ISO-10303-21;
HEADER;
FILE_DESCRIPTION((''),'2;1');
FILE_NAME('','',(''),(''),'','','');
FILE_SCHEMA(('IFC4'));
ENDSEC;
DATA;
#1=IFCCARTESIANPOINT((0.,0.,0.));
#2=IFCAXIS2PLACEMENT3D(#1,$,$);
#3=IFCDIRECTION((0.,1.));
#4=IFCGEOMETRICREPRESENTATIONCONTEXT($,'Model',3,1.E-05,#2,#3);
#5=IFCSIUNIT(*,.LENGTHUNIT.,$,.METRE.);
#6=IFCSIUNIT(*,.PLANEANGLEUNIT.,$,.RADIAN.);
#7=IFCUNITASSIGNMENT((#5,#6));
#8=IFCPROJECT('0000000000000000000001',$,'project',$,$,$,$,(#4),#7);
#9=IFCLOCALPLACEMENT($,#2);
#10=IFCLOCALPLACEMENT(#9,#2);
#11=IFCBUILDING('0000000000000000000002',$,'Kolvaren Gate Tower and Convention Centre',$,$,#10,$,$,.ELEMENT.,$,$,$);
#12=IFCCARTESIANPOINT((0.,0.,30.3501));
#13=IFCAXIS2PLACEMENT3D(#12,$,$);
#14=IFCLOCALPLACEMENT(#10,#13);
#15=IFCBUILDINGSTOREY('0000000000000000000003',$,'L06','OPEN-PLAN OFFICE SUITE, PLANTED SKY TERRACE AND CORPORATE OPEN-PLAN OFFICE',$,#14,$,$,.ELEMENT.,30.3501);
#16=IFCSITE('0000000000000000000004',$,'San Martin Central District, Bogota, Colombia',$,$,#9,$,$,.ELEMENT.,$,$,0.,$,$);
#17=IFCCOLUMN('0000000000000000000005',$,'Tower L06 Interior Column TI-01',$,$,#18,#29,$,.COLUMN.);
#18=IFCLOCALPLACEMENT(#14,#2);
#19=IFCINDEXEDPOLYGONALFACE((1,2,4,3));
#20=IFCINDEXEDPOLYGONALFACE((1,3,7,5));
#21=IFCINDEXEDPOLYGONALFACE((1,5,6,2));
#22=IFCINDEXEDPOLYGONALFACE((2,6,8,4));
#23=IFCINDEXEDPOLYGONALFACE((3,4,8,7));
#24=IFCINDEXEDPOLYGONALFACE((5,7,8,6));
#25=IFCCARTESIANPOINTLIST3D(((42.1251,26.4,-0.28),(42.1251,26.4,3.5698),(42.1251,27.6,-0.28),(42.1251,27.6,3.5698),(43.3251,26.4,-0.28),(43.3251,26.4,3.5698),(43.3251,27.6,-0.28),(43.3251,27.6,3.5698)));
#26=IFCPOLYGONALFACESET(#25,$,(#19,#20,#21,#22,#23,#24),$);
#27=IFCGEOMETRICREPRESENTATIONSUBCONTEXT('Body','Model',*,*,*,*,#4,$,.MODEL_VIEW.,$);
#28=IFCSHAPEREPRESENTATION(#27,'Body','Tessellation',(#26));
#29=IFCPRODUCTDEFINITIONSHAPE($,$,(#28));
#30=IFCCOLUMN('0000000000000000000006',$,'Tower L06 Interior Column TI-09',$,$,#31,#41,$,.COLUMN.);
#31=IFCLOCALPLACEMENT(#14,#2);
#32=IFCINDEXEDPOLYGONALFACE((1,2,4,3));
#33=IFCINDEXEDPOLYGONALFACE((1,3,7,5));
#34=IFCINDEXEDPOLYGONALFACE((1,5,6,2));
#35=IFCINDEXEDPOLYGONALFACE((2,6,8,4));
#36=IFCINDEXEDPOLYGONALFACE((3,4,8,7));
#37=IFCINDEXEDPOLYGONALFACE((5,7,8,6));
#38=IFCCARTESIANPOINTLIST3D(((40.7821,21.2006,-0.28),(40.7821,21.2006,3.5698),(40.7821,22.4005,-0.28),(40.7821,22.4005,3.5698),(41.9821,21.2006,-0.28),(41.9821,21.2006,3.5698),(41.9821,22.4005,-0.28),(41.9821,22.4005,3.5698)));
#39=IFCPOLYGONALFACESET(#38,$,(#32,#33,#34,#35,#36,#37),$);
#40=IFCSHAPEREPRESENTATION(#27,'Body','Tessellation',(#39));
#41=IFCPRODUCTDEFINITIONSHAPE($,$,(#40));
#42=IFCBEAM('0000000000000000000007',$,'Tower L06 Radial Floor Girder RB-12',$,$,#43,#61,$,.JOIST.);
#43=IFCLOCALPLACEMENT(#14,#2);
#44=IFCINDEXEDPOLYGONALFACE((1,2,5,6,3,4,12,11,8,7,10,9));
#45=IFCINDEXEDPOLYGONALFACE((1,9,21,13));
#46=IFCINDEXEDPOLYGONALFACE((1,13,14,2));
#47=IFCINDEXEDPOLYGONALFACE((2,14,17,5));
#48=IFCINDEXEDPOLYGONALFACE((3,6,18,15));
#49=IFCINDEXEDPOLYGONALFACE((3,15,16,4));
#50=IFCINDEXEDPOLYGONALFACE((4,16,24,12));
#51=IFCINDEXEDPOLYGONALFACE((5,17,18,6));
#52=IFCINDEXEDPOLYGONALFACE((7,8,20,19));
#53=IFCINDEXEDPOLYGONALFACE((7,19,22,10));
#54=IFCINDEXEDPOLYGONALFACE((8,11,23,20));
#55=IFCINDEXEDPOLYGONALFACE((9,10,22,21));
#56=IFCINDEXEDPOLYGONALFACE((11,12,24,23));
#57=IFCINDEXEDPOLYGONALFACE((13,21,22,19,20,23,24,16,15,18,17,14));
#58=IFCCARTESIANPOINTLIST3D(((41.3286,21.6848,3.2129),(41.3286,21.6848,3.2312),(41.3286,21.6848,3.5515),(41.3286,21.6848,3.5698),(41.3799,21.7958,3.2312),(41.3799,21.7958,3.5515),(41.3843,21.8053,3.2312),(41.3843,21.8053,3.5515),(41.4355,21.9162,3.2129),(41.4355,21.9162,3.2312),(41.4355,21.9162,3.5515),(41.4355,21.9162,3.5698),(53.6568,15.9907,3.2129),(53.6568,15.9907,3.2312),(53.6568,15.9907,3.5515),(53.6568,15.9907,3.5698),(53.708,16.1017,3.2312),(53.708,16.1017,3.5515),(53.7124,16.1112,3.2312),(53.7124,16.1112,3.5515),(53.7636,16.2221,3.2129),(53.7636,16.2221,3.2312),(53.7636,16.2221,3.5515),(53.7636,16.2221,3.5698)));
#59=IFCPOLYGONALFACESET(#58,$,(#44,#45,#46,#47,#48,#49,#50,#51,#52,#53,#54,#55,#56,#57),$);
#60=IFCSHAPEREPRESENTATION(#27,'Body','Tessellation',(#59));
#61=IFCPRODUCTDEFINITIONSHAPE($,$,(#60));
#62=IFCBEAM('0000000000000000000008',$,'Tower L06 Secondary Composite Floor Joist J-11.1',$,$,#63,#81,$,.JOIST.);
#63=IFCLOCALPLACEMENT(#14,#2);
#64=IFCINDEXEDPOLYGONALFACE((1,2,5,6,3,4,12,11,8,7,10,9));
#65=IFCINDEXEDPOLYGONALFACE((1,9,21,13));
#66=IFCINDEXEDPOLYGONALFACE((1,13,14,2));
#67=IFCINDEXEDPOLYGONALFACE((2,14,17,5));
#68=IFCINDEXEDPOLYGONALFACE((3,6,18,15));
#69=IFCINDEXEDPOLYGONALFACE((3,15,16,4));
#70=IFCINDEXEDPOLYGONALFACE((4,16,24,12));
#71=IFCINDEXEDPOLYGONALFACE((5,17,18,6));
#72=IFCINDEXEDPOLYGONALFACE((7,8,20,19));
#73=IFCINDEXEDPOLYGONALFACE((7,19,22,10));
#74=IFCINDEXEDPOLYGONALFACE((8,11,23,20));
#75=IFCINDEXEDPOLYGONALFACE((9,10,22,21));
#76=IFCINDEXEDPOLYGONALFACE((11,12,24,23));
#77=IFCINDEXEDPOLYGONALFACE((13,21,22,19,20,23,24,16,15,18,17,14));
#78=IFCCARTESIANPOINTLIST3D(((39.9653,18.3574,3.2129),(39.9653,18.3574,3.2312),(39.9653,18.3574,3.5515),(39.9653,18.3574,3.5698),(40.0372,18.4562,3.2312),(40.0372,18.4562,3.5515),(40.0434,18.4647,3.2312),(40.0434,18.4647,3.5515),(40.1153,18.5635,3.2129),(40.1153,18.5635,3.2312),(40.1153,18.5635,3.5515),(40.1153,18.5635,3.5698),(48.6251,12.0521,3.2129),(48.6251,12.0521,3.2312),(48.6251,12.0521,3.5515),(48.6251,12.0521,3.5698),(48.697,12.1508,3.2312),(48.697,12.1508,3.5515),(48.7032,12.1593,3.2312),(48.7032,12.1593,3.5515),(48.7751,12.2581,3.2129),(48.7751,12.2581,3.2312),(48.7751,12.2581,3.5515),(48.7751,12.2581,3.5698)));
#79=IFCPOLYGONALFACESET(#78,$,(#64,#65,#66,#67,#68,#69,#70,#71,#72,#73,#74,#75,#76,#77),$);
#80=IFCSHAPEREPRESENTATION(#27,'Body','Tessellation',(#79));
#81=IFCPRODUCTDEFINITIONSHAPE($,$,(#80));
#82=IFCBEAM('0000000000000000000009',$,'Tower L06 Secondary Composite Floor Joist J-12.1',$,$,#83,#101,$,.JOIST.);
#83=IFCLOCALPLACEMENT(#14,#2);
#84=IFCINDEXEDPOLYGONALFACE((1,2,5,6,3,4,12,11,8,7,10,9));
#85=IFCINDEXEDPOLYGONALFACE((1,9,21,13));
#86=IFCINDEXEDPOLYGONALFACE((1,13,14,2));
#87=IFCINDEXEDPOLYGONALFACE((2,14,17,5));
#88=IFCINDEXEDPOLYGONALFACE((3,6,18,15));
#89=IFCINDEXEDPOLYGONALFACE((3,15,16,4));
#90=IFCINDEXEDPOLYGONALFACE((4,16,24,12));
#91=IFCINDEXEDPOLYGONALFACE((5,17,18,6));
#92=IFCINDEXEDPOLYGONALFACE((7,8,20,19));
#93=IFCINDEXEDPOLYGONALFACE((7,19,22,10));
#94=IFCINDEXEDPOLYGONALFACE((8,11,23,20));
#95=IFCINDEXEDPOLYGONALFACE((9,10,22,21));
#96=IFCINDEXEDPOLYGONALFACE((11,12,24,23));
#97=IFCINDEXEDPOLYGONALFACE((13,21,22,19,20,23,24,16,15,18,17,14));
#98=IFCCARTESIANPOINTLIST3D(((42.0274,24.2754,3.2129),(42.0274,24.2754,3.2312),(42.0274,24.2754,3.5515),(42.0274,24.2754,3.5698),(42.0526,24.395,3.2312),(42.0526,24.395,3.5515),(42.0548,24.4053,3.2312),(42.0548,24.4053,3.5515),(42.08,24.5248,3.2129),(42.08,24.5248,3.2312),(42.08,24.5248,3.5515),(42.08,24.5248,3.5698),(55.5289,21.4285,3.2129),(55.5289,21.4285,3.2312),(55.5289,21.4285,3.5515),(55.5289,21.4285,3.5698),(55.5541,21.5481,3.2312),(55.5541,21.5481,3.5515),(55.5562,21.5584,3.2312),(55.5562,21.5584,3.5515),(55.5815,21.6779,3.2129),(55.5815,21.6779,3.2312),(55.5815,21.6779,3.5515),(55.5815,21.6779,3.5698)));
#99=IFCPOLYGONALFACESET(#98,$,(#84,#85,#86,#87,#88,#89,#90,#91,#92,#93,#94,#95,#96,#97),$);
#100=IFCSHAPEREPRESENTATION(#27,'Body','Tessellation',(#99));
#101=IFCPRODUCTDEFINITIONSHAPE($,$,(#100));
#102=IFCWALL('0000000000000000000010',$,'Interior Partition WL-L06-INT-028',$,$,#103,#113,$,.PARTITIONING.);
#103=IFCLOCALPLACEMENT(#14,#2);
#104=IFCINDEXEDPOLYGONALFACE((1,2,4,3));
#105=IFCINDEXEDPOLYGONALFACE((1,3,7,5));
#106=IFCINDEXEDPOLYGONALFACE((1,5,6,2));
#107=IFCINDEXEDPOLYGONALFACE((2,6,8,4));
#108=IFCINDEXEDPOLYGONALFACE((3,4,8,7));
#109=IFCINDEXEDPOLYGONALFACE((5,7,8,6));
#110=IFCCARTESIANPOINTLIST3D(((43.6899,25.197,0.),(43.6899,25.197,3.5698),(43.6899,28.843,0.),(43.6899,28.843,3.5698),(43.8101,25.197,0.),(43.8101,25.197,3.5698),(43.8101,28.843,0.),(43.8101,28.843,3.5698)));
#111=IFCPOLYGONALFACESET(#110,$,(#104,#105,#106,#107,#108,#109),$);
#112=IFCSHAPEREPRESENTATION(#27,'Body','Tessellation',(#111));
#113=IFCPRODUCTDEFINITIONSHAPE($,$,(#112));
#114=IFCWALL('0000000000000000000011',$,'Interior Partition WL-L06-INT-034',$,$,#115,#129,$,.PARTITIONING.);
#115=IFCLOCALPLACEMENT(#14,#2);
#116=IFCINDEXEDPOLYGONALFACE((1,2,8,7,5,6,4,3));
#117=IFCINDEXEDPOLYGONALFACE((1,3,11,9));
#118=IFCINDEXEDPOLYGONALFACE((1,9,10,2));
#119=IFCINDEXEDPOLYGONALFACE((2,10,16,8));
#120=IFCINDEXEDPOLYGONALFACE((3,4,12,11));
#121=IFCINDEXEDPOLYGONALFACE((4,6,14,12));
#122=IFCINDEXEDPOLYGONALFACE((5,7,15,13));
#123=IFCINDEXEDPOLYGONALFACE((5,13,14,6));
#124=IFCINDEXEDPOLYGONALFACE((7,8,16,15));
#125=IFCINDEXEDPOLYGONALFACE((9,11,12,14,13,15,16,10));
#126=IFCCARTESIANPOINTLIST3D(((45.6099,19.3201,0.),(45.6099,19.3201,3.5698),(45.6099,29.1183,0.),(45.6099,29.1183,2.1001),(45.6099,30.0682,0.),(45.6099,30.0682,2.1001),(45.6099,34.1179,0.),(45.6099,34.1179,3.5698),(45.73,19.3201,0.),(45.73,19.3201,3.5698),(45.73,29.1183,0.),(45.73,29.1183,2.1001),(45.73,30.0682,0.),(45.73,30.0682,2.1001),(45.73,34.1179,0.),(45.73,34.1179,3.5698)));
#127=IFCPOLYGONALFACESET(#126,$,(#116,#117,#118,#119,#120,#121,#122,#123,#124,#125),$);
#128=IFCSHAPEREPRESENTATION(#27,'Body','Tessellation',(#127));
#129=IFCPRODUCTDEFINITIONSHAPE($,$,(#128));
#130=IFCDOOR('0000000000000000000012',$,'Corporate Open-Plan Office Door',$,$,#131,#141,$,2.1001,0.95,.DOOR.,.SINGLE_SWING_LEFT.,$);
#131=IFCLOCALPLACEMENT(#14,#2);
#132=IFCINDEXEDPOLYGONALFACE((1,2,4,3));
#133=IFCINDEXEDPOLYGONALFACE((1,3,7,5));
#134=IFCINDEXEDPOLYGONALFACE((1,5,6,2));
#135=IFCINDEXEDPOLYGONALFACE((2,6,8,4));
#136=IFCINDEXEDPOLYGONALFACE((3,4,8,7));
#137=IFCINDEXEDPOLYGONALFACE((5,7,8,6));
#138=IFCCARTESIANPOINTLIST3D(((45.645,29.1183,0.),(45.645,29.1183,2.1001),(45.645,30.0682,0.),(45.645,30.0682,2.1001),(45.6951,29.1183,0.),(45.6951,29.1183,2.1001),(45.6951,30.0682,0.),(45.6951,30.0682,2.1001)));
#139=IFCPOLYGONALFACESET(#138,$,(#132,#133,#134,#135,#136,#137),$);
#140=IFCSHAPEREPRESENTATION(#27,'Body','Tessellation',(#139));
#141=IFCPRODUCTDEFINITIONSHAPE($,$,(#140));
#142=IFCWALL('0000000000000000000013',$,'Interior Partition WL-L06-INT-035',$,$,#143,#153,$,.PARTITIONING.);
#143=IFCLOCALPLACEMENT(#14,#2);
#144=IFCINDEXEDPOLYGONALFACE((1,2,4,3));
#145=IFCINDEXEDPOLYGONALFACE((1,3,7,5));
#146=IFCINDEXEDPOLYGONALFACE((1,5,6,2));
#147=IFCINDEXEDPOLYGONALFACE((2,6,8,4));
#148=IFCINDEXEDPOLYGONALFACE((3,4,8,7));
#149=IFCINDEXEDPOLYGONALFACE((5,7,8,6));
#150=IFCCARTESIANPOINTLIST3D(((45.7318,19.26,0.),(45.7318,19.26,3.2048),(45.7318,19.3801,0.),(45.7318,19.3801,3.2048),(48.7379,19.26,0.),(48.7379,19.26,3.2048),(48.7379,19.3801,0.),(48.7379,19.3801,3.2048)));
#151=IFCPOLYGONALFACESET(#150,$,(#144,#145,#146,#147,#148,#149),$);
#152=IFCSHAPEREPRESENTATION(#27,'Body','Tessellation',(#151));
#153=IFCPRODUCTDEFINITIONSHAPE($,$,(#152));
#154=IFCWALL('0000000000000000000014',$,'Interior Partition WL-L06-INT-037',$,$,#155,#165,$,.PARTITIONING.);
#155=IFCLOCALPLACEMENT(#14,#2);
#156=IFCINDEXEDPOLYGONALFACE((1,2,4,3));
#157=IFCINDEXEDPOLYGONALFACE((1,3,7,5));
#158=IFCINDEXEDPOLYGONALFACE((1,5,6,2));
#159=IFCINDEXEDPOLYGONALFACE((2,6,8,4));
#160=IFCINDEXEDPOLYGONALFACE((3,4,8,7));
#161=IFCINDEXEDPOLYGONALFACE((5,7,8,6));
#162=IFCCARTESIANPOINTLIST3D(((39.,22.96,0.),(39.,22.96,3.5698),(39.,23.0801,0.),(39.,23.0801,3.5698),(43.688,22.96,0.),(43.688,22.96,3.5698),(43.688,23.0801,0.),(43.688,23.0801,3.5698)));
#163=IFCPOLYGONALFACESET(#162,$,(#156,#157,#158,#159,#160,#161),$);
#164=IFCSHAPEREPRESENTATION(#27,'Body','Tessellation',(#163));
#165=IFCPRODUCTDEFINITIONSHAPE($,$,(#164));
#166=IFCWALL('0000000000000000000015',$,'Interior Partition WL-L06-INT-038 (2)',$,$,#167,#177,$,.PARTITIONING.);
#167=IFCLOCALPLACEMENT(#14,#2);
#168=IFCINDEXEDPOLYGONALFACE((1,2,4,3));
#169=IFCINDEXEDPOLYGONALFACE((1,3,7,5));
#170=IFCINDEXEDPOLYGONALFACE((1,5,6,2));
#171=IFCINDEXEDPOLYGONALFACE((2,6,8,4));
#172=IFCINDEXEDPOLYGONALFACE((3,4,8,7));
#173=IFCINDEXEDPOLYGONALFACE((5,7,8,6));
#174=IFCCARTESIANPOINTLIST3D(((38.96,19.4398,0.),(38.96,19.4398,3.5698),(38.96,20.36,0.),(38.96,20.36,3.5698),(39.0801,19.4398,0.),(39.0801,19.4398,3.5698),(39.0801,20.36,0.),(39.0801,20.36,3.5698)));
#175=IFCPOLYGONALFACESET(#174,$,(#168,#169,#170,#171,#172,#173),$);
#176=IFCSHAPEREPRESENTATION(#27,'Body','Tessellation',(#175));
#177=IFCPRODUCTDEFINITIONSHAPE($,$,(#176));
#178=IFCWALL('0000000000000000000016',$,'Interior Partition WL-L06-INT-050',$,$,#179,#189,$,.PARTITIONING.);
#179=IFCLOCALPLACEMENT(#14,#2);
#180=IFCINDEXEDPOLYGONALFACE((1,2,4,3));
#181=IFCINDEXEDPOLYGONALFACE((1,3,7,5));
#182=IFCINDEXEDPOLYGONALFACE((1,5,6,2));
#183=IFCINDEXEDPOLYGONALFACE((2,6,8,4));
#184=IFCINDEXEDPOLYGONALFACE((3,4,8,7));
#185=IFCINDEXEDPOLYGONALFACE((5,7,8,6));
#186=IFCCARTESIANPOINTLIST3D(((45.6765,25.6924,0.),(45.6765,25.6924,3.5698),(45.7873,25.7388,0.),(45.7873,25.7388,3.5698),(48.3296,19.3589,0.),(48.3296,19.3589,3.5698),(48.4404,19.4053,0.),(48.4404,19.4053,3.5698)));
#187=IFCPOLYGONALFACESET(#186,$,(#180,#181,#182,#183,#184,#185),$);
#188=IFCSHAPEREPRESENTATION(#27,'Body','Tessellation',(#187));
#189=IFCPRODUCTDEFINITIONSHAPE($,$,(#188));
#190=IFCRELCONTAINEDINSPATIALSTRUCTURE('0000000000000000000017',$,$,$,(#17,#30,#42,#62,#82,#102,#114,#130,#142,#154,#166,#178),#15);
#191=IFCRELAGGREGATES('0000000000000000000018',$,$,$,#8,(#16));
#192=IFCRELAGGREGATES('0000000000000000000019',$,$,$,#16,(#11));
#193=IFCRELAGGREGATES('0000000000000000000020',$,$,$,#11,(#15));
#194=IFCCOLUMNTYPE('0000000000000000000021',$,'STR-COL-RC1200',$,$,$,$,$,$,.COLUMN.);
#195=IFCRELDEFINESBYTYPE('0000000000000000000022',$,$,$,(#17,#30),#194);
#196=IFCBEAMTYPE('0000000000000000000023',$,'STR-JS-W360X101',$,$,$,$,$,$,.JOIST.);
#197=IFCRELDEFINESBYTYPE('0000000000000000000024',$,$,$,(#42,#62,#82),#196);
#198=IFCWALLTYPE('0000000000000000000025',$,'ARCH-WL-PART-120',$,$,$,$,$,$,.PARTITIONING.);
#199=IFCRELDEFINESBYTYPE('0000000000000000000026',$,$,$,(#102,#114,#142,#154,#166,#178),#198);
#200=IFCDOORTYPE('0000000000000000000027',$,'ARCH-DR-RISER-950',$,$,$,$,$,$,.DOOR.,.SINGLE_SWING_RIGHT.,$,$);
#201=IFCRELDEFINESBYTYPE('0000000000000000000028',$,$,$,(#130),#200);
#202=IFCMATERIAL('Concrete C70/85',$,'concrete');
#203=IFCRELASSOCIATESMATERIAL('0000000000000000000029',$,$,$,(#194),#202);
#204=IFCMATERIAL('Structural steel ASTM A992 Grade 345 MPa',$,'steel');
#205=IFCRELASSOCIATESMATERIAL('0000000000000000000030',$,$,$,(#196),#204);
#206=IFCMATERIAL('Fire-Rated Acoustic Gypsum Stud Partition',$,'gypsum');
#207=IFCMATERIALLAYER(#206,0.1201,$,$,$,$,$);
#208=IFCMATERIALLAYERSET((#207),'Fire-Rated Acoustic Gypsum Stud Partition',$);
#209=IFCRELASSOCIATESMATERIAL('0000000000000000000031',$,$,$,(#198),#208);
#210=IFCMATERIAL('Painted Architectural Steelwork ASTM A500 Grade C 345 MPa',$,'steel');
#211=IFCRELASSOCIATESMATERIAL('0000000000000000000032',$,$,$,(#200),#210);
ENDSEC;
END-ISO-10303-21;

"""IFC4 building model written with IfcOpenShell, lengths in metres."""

from ifc_helpers import new_model, si_unit, direction, frame, frame_2d, origin, origin_2d, place, context, subcontext, project, spatial, rectangle, i_section, extrude, material, layer, layer_set, material_profile, profile_set, type_object, element, fill, save


model = new_model("IFC4")

# Units and contexts
model_context = context("Model", 3, precision=1e-05, world=origin(), true_north=direction((0.0, 1.0)))
body_context = subcontext(model_context, "Body", "Model", "MODEL_VIEW")
ifc_project = project(units=[si_unit("LENGTHUNIT", "METRE"), si_unit("PLANEANGLEUNIT", "RADIAN")], contexts=[model_context])

# Site, building, storey
site_placement = place(None, origin())
site = spatial("IfcSite", under=ifc_project, at=site_placement, Name="San Martin Central District, Bogota, Colombia", CompositionType="ELEMENT", RefElevation=0.0)
building_placement = place(site_placement, origin())
building = spatial("IfcBuilding", under=site, at=building_placement, Name="Kolvaren Gate Tower and Convention Centre", CompositionType="ELEMENT")
storey_placement = place(building_placement, frame((0.0, 0.0, 30.3501)))
storey = spatial("IfcBuildingStorey", under=building, at=storey_placement, Name="L06", Description="OPEN-PLAN OFFICE SUITE, PLANTED SKY TERRACE AND CORPORATE OPEN-PLAN OFFICE", CompositionType="ELEMENT", Elevation=30.3501)

# Columns
ifc_material_1 = material(Name="Concrete C70/85", Category="concrete")
ifc_material_profile_1 = material_profile(ifc_material_1, rectangle(XDim=1.2, YDim=1.2, at=origin_2d()), Name="RC-COL-1200X1200")
ifc_profile_set_1 = profile_set([ifc_material_profile_1], Name="Concrete C70/85")
column_type = type_object("IfcColumnType", Name="STR-COL-RC1200", PredefinedType="COLUMN", material=ifc_profile_set_1)
for number, where, z_axis, x_axis, name in (
    (1, (42.7251, 27.0, -0.28), (0.0, 0.0, 1.0), (1.0, 0.0, 0.0), "Tower L06 Interior Column TI-01"),
    (2, (41.3821, 21.8005, -0.28), (0.0, 0.0, 1.0), (1.0, 0.0, 0.0), "Tower L06 Interior Column TI-09"),
):
    element("IfcColumn", number, at=place(storey_placement, frame(where, z_axis=z_axis, x_axis=x_axis)), inside=storey, type_object=column_type, Name=name, PredefinedType="COLUMN", context=body_context, shape_type="SweptSolid", body=[
        extrude(rectangle(XDim=1.2, YDim=1.2, at=origin_2d()), origin(), (0.0, 0.0, 1.0), 3.8499),
    ])

# Beams
ifc_material_2 = material(Name="Structural steel ASTM A992 Grade 345 MPa", Category="steel")
ifc_material_profile_2 = material_profile(ifc_material_2, i_section(OverallWidth=0.2549, OverallDepth=0.3569, WebThickness=0.0105, FlangeThickness=0.0183, at=origin_2d()), Name="W360X101")
ifc_profile_set_2 = profile_set([ifc_material_profile_2], Name="Structural steel ASTM A992 Grade 345 MPa")
beam_type = type_object("IfcBeamType", Name="STR-JS-W360X101", PredefinedType="JOIST", material=ifc_profile_set_2)
beam_1_placement = place(storey_placement, frame((41.3821, 21.8005, 3.3914), z_axis=(0.907842, -0.419312, 0.0), x_axis=(0.419312, 0.907842, 0.0)))
element("IfcBeam", 3, at=beam_1_placement, inside=storey, type_object=beam_type, Name="Tower L06 Radial Floor Girder RB-12", PredefinedType="JOIST", context=body_context, shape_type="SweptSolid", body=[
    extrude(i_section(OverallWidth=0.2549, OverallDepth=0.3569, WebThickness=0.0105, FlangeThickness=0.0183, at=origin_2d()), origin(), (0.0, 0.0, 1.0), 13.5796),
])
beam_2_placement = place(storey_placement, frame((40.0403, 18.4604, 3.3914), z_axis=(0.808412, -0.588617, 0.0), x_axis=(0.588617, 0.808412, 0.0)))
element("IfcBeam", 4, at=beam_2_placement, inside=storey, type_object=beam_type, Name="Tower L06 Secondary Composite Floor Joist J-11.1", PredefinedType="JOIST", context=body_context, shape_type="SweptSolid", body=[
    extrude(i_section(OverallWidth=0.2549, OverallDepth=0.3569, WebThickness=0.0105, FlangeThickness=0.0183, at=origin_2d()), origin(), (0.0, 0.0, 1.0), 10.7122),
])
beam_3_placement = place(storey_placement, frame((42.0537, 24.4001, 3.3914), z_axis=(0.978484, -0.206323, 0.0), x_axis=(0.206323, 0.978484, 0.0)))
element("IfcBeam", 5, at=beam_3_placement, inside=storey, type_object=beam_type, Name="Tower L06 Secondary Composite Floor Joist J-12.1", PredefinedType="JOIST", context=body_context, shape_type="SweptSolid", body=[
    extrude(i_section(OverallWidth=0.2549, OverallDepth=0.3569, WebThickness=0.0105, FlangeThickness=0.0183, at=origin_2d()), origin(), (0.0, 0.0, 1.0), 13.7983),
])

# Wall
ifc_material_3 = material(Name="Fire-Rated Acoustic Gypsum Stud Partition", Category="gypsum")
ifc_layer_1 = layer(ifc_material_3, 0.1201)
ifc_layer_set_1 = layer_set([ifc_layer_1], Name="Fire-Rated Acoustic Gypsum Stud Partition")
wall_type_1 = type_object("IfcWallType", Name="ARCH-WL-PART-120", PredefinedType="PARTITIONING", material=ifc_layer_set_1)
wall_1_placement = place(storey_placement, frame((43.75, 25.197, 0.0), z_axis=(0.0, 0.0, 1.0), x_axis=(0.0, 1.0, 0.0)))
element("IfcWall", 6, at=wall_1_placement, inside=storey, type_object=wall_type_1, Name="Interior Partition WL-L06-INT-028", PredefinedType="PARTITIONING", context=body_context, shape_type="SweptSolid", body=[
    extrude(rectangle(XDim=3.646, YDim=0.1201, at=frame_2d((1.823, 0.0))), origin(), (0.0, 0.0, 1.0), 3.5698),
])

# Wall, opening, door
wall_2_placement = place(storey_placement, frame((45.6699, 19.3201, 0.0), z_axis=(0.0, 0.0, 1.0), x_axis=(0.0, 1.0, 0.0)))
wall_2 = element("IfcWall", 7, at=wall_2_placement, inside=storey, type_object=wall_type_1, Name="Interior Partition WL-L06-INT-034", PredefinedType="PARTITIONING", context=body_context, shape_type="SweptSolid", body=[
    extrude(rectangle(XDim=14.7979, YDim=0.1201, at=frame_2d((7.3989, 0.0))), origin(), (0.0, 0.0, 1.0), 3.5698),
])
opening_1_placement = place(wall_2_placement, frame((9.7981, 0.0, 0.0)))
opening_1 = element("IfcOpeningElement", 8, at=opening_1_placement, cuts=wall_2, PredefinedType="OPENING", context=body_context, shape_type="SweptSolid", body=[
    extrude(rectangle(XDim=0.95, YDim=2.1001, at=frame_2d((0.4751, 1.05))), frame((0.0, 0.0701, 0.0), z_axis=(0.0, -1.0, 0.0), x_axis=(1.0, 0.0, 0.0)), (0.0, 0.0, 1.0), 0.1401),
])
ifc_material_4 = material(Name="Painted Architectural Steelwork ASTM A500 Grade C 345 MPa", Category="steel")
door_type_1 = type_object("IfcDoorType", Name="ARCH-DR-RISER-950", OperationType="SINGLE_SWING_RIGHT", PredefinedType="DOOR", material=ifc_material_4)
door_1_placement = place(opening_1_placement, origin())
door_1 = element("IfcDoor", 9, at=door_1_placement, inside=storey, type_object=door_type_1, Name="Corporate Open-Plan Office Door", OperationType="SINGLE_SWING_LEFT", OverallHeight=2.1001, OverallWidth=0.95, PredefinedType="DOOR", context=body_context, shape_type="SweptSolid", body=[
    extrude(rectangle(XDim=0.95, YDim=2.1001, at=frame_2d((0.4751, 1.05))), frame((0.0, 0.0249, 0.0), z_axis=(0.0, -1.0, 0.0), x_axis=(1.0, 0.0, 0.0)), (0.0, 0.0, 1.0), 0.05),
])
fill(opening_1, door_1)

# Walls
wall_3_placement = place(storey_placement, frame((45.7319, 19.3201, 0.0), z_axis=(0.0, 0.0, 1.0), x_axis=(1.0, 0.0, 0.0)))
element("IfcWall", 10, at=wall_3_placement, inside=storey, type_object=wall_type_1, Name="Interior Partition WL-L06-INT-035", PredefinedType="PARTITIONING", context=body_context, shape_type="SweptSolid", body=[
    extrude(rectangle(XDim=3.0061, YDim=0.1201, at=frame_2d((1.5029, 0.0))), origin(), (0.0, 0.0, 1.0), 3.2048),
])
wall_4_placement = place(storey_placement, frame((39.0, 23.02, 0.0), z_axis=(0.0, 0.0, 1.0), x_axis=(1.0, 0.0, 0.0)))
element("IfcWall", 11, at=wall_4_placement, inside=storey, type_object=wall_type_1, Name="Interior Partition WL-L06-INT-037", PredefinedType="PARTITIONING", context=body_context, shape_type="SweptSolid", body=[
    extrude(rectangle(XDim=4.688, YDim=0.1201, at=frame_2d((2.344, 0.0))), origin(), (0.0, 0.0, 1.0), 3.5698),
])
wall_5_placement = place(storey_placement, frame((39.02, 19.4399, 0.0), z_axis=(0.0, 0.0, 1.0), x_axis=(0.0, 1.0, 0.0)))
element("IfcWall", 12, at=wall_5_placement, inside=storey, type_object=wall_type_1, Name="Interior Partition WL-L06-INT-038 (2)", PredefinedType="PARTITIONING", context=body_context, shape_type="SweptSolid", body=[
    extrude(rectangle(XDim=0.9202, YDim=0.1201, at=frame_2d((0.46, 0.0))), origin(), (0.0, 0.0, 1.0), 3.5698),
])
wall_6_placement = place(storey_placement, frame((45.7319, 25.7156, 0.0), z_axis=(0.0, 0.0, 1.0), x_axis=(0.386367, -0.922345, 0.0)))
element("IfcWall", 13, at=wall_6_placement, inside=storey, type_object=wall_type_1, Name="Interior Partition WL-L06-INT-050", PredefinedType="PARTITIONING", context=body_context, shape_type="SweptSolid", body=[
    extrude(rectangle(XDim=6.8667, YDim=0.1201, at=frame_2d((3.4333, 0.0))), origin(), (0.0, 0.0, 1.0), 3.5698),
])

save(model, "model.ifc")
